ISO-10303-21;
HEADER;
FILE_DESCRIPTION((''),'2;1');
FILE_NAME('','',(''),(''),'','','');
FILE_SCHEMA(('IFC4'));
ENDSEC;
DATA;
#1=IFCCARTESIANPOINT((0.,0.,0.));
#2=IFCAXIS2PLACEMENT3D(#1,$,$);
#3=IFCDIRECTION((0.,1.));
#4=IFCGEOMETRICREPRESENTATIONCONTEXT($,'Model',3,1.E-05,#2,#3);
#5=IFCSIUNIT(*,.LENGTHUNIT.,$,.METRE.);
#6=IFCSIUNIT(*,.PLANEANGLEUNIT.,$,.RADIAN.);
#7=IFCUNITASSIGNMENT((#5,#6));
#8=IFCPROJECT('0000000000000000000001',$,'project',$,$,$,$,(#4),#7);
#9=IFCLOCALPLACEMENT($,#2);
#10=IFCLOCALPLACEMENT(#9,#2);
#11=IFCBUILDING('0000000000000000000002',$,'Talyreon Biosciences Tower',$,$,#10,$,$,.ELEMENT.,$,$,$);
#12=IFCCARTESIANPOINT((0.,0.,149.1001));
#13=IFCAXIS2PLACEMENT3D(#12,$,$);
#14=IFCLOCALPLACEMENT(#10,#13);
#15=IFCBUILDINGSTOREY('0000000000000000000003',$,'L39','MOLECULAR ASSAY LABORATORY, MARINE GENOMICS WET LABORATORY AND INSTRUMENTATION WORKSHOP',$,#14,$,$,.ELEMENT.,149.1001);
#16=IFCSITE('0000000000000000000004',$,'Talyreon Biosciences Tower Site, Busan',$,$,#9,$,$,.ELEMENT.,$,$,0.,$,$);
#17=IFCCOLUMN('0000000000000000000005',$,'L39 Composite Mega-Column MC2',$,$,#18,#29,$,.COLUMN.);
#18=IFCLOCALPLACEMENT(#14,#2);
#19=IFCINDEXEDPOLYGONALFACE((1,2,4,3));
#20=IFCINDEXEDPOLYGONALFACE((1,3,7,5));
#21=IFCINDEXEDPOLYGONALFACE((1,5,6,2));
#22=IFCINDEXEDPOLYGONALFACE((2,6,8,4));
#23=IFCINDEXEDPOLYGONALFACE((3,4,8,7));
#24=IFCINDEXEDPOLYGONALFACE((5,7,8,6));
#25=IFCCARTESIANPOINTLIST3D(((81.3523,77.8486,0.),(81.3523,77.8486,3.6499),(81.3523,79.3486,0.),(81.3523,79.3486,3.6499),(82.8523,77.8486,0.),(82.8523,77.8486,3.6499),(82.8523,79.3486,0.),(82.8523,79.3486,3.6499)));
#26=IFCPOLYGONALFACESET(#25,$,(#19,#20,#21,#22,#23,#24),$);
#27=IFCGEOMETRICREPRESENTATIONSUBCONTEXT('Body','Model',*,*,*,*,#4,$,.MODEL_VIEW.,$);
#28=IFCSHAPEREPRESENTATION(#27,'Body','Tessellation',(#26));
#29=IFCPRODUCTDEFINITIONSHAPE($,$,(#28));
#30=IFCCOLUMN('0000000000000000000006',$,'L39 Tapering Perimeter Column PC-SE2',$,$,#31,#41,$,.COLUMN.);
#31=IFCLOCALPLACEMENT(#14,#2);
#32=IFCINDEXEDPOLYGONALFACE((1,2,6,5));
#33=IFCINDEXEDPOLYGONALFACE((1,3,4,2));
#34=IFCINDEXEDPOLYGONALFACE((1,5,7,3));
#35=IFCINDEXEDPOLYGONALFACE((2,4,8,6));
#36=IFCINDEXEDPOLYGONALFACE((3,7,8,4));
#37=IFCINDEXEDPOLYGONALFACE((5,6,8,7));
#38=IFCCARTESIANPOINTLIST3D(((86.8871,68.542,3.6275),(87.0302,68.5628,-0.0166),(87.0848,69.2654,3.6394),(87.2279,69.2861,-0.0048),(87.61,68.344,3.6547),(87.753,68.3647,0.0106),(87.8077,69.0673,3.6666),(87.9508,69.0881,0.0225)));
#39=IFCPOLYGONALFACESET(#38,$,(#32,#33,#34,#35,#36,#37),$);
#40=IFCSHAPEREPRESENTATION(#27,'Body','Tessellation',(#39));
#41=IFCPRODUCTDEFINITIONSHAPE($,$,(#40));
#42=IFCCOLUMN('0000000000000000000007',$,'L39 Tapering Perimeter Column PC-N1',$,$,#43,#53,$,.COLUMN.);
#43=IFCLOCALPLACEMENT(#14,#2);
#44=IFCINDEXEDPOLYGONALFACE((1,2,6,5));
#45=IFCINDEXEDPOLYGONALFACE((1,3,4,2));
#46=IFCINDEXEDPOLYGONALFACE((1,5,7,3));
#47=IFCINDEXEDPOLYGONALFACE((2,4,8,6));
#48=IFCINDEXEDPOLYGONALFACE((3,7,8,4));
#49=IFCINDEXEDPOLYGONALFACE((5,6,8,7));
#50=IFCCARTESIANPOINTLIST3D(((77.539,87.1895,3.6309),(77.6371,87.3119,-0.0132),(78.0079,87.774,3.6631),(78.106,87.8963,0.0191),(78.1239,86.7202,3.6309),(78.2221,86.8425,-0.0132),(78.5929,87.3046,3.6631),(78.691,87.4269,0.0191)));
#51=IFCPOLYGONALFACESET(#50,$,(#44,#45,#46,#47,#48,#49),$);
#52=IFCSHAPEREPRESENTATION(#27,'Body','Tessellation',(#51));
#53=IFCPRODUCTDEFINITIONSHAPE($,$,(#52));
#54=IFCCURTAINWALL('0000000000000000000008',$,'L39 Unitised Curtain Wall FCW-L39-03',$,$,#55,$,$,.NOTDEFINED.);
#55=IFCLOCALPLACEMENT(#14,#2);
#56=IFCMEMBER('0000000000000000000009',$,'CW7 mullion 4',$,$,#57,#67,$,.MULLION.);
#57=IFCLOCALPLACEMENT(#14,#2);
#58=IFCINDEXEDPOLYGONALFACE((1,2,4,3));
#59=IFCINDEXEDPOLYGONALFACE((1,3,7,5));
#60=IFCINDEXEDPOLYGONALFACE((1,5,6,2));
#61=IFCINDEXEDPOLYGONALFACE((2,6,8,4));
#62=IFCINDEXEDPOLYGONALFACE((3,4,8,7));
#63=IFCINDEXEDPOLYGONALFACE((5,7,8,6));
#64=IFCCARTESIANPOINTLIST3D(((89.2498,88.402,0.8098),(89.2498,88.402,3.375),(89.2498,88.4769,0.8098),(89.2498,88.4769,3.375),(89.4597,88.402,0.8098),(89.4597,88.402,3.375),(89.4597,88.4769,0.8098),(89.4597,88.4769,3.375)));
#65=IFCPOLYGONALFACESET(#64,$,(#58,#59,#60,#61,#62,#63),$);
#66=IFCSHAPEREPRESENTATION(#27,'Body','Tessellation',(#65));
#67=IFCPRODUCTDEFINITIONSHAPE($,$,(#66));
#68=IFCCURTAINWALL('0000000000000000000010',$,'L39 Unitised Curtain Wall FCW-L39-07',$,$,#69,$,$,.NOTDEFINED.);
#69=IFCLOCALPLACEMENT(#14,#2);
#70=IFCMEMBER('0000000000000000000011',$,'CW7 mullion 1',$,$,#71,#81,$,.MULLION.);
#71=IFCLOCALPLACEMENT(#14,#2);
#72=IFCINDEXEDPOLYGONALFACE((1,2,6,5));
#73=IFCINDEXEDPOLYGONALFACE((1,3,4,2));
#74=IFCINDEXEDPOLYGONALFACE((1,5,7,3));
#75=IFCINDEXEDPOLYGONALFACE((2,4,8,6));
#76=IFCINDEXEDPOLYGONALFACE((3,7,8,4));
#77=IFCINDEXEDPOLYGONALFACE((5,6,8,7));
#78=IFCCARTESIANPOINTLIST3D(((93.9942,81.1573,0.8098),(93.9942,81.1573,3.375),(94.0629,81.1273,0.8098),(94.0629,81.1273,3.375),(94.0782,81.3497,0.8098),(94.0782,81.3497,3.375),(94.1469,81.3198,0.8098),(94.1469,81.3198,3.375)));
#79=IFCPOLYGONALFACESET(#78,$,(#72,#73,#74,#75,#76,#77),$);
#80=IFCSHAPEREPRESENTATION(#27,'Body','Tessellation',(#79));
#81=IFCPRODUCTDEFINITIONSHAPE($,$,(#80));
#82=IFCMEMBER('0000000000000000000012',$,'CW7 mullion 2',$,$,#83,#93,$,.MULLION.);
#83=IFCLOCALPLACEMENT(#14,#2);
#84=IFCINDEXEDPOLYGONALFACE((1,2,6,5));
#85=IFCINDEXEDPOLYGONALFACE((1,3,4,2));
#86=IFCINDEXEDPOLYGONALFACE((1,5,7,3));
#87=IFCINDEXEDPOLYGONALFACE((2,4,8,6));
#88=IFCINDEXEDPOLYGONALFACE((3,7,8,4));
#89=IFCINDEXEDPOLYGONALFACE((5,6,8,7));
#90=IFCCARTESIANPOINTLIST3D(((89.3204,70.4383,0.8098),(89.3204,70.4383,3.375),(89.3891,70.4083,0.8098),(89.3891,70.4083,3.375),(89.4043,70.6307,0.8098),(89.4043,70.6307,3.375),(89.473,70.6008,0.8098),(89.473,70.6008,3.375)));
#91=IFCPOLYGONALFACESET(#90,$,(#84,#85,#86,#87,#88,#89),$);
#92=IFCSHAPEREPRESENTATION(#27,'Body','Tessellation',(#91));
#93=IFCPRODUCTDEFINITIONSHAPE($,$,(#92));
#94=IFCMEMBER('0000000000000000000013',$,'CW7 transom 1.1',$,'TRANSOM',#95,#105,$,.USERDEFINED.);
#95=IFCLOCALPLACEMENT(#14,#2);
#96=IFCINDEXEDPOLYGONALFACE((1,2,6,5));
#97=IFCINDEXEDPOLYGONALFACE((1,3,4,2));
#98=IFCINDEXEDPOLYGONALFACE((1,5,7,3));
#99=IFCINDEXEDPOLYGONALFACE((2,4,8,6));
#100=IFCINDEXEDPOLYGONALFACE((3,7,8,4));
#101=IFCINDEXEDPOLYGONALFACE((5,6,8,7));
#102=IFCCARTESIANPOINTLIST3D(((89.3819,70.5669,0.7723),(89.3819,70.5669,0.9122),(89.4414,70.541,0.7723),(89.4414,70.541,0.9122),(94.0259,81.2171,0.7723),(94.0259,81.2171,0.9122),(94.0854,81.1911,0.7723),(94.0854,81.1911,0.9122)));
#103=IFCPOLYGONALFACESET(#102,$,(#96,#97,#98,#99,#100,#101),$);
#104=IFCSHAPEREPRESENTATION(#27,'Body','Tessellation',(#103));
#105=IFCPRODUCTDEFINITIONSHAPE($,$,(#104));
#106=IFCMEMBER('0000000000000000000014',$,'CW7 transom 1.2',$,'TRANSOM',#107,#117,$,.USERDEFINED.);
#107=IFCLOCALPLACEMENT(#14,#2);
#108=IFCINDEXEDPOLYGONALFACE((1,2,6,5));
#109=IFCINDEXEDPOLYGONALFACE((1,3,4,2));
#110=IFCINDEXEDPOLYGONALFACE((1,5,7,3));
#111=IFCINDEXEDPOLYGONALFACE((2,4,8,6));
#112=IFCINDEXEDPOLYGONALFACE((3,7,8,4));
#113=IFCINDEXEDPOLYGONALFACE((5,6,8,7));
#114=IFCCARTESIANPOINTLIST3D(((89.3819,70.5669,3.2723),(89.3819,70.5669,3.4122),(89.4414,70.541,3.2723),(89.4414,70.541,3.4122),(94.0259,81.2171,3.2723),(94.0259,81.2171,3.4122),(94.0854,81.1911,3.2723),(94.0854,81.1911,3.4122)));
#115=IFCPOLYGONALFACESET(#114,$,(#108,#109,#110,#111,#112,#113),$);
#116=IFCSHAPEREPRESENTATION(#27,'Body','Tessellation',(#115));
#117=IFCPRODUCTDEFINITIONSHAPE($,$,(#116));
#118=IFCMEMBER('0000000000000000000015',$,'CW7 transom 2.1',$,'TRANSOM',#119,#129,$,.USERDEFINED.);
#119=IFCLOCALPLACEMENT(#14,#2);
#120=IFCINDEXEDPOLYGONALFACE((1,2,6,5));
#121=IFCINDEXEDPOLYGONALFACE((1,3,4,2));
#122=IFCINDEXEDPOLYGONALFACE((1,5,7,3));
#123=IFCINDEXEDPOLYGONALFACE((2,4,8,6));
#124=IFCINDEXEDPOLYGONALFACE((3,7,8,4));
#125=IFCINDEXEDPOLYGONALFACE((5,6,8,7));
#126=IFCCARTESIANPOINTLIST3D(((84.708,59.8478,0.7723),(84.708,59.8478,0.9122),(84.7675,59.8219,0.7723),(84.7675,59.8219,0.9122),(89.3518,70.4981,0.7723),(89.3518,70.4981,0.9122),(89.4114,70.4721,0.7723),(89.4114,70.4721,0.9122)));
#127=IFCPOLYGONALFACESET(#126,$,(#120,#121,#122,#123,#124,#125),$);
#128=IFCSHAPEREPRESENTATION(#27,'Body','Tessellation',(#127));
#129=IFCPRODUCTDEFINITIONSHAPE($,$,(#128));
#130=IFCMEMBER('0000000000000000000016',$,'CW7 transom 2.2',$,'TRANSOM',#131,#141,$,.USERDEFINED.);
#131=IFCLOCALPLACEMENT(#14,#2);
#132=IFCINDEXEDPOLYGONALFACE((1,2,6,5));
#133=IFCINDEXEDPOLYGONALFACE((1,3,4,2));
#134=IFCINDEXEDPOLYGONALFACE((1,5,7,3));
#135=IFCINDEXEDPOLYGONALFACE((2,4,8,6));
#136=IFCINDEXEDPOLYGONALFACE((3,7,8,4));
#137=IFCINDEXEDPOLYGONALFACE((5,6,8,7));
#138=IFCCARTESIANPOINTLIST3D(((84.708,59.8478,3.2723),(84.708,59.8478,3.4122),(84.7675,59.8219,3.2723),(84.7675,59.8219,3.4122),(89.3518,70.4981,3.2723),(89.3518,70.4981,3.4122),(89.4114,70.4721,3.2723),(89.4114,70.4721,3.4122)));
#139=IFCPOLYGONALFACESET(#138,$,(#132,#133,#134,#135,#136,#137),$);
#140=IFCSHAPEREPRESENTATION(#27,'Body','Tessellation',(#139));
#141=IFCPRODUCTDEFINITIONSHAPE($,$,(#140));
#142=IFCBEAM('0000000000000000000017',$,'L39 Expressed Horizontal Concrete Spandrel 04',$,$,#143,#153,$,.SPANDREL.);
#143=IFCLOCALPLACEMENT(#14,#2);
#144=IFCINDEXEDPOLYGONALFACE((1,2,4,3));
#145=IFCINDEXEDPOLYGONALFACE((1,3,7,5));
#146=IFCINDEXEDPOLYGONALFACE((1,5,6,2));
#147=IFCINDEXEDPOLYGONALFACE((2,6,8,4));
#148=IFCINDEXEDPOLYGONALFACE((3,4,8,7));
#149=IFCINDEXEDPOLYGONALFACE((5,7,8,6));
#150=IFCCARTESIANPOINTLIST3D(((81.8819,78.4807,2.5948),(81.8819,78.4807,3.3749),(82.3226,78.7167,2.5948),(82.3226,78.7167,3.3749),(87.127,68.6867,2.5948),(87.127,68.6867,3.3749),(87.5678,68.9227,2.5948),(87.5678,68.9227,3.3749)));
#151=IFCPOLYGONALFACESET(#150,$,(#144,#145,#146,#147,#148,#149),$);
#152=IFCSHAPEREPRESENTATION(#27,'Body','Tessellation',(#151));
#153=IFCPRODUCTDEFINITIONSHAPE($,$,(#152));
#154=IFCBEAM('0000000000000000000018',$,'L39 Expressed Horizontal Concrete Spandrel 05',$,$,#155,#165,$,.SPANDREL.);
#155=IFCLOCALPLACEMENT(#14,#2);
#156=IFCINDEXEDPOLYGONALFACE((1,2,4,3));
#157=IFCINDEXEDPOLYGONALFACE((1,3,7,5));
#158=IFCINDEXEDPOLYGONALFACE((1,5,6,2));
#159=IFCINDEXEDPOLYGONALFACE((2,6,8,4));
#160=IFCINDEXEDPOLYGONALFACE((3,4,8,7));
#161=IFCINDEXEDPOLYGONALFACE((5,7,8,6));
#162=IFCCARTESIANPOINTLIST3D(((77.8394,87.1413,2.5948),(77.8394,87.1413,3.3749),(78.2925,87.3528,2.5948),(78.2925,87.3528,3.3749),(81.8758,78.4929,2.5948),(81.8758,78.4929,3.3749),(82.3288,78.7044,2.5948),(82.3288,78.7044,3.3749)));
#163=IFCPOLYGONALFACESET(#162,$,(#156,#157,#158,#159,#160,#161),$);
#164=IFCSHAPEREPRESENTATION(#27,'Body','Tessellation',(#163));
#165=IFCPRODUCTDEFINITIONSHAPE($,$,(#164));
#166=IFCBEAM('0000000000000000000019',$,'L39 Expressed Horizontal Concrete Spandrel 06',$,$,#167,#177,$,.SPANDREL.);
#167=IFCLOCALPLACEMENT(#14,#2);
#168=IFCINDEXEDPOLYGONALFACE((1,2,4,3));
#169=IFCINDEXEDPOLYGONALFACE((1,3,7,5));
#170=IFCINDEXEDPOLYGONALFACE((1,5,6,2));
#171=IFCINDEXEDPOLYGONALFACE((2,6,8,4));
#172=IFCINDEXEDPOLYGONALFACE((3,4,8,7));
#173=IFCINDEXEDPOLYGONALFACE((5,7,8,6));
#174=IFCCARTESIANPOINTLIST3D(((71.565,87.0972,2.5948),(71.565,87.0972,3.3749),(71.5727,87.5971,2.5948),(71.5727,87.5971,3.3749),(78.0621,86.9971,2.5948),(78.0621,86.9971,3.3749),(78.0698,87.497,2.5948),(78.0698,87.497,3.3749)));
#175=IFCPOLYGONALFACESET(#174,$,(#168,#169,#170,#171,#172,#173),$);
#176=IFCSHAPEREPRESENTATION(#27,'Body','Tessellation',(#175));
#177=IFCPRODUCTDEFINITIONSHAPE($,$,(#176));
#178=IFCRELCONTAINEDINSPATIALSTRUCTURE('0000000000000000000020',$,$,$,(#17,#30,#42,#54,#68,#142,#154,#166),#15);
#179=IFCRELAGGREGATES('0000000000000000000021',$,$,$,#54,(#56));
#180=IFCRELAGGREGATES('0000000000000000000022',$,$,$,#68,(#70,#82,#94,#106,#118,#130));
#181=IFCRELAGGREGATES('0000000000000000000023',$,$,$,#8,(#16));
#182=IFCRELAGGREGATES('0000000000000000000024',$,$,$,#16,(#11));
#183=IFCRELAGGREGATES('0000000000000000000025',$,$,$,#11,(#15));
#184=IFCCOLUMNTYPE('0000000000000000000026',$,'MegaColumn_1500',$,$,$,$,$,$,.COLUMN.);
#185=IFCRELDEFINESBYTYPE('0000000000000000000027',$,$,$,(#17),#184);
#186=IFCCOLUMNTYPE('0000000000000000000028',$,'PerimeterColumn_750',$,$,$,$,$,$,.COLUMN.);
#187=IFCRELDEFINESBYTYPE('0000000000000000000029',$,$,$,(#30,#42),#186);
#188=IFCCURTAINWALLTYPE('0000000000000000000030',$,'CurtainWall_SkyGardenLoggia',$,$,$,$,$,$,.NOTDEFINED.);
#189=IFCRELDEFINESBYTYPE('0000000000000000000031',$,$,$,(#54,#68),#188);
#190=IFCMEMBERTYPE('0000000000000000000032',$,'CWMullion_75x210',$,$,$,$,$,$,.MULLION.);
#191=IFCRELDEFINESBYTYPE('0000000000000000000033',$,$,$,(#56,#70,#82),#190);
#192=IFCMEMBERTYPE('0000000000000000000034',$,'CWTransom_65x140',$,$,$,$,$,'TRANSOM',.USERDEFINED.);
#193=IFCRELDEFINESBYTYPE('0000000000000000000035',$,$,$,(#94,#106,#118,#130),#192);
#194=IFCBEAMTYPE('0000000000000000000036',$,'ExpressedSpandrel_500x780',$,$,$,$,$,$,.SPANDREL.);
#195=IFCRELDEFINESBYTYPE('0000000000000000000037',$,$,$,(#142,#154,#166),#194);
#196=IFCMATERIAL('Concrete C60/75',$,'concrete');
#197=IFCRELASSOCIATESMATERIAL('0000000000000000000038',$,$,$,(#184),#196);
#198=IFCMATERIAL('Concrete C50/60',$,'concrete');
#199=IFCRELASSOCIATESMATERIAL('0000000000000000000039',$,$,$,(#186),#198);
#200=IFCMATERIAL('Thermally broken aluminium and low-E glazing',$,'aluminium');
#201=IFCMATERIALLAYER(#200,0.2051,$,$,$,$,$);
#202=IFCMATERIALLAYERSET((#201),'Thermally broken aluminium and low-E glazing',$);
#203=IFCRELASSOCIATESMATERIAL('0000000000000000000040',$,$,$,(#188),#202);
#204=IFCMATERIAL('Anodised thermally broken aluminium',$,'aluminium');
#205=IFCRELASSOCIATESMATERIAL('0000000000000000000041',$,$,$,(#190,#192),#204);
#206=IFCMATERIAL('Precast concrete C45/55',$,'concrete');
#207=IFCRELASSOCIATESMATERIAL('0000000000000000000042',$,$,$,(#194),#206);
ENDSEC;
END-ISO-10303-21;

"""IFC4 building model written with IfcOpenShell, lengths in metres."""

from ifc_helpers import new_model, si_unit, direction, frame, origin, origin_2d, place, context, subcontext, project, spatial, rectangle, extrude, material, layer, layer_set, material_profile, profile_set, type_object, element, aggregate, save


model = new_model("IFC4")

# Units and contexts
model_context = context("Model", 3, precision=1e-05, world=origin(), true_north=direction((0.0, 1.0)))
body_context = subcontext(model_context, "Body", "Model", "MODEL_VIEW")
ifc_project = project(units=[si_unit("LENGTHUNIT", "METRE"), si_unit("PLANEANGLEUNIT", "RADIAN")], contexts=[model_context])

# Site, building, storey
site_placement = place(None, origin())
site = spatial("IfcSite", under=ifc_project, at=site_placement, Name="Talyreon Biosciences Tower Site, Busan", CompositionType="ELEMENT", RefElevation=0.0)
building_placement = place(site_placement, origin())
building = spatial("IfcBuilding", under=site, at=building_placement, Name="Talyreon Biosciences Tower", CompositionType="ELEMENT")
storey_placement = place(building_placement, frame((0.0, 0.0, 149.1001)))
storey = spatial("IfcBuildingStorey", under=building, at=storey_placement, Name="L39", Description="MOLECULAR ASSAY LABORATORY, MARINE GENOMICS WET LABORATORY AND INSTRUMENTATION WORKSHOP", CompositionType="ELEMENT", Elevation=149.1001)

# Columns
ifc_material_1 = material(Name="Concrete C60/75", Category="concrete")
ifc_material_profile_1 = material_profile(ifc_material_1, rectangle(XDim=1.5, YDim=1.5, at=origin_2d()), Name="RC 1500x1500")
ifc_profile_set_1 = profile_set([ifc_material_profile_1], Name="Concrete C60/75")
column_type_1 = type_object("IfcColumnType", Name="MegaColumn_1500", PredefinedType="COLUMN", material=ifc_profile_set_1)
column_1_placement = place(storey_placement, frame((82.1023, 78.5986, 0.0), z_axis=(0.0, 0.0, 1.0), x_axis=(1.0, 0.0, 0.0)))
element("IfcColumn", 1, at=column_1_placement, inside=storey, type_object=column_type_1, Name="L39 Composite Mega-Column MC2", PredefinedType="COLUMN", context=body_context, shape_type="SweptSolid", body=[
    extrude(rectangle(XDim=1.5, YDim=1.5, at=origin_2d()), origin(), (0.0, 0.0, 1.0), 3.6499),
])
ifc_material_2 = material(Name="Concrete C50/60", Category="concrete")
ifc_material_profile_2 = material_profile(ifc_material_2, rectangle(XDim=0.75, YDim=0.75, at=origin_2d()), Name="RC 750x750")
ifc_profile_set_2 = profile_set([ifc_material_profile_2], Name="Concrete C50/60")
column_type_2 = type_object("IfcColumnType", Name="PerimeterColumn_750", PredefinedType="COLUMN", material=ifc_profile_set_2)
column_2_placement = place(storey_placement, frame((87.4905, 68.8254, 0.0029), z_axis=(-0.039229, -0.00569, 0.999214), x_axis=(0.963818, -0.264073, 0.036336)))
element("IfcColumn", 2, at=column_2_placement, inside=storey, type_object=column_type_2, Name="L39 Tapering Perimeter Column PC-SE2", PredefinedType="COLUMN", context=body_context, shape_type="SweptSolid", body=[
    extrude(rectangle(XDim=0.75, YDim=0.75, at=origin_2d()), origin(), (0.0, 0.0, 1.0), 3.647),
])
column_3_placement = place(storey_placement, frame((78.1641, 87.3694, 0.0029), z_axis=(-0.026908, -0.033535, 0.999075), x_axis=(-0.779957, 0.625834, 0.0)))
element("IfcColumn", 3, at=column_3_placement, inside=storey, type_object=column_type_2, Name="L39 Tapering Perimeter Column PC-N1", PredefinedType="COLUMN", context=body_context, shape_type="SweptSolid", body=[
    extrude(rectangle(XDim=0.75, YDim=0.75, at=origin_2d()), origin(), (0.0, 0.0, 1.0), 3.6475),
])

# Curtain wall, member
ifc_material_3 = material(Name="Thermally broken aluminium and low-E glazing", Category="aluminium")
ifc_layer_1 = layer(ifc_material_3, 0.2051)
ifc_layer_set_1 = layer_set([ifc_layer_1], Name="Thermally broken aluminium and low-E glazing")
curtain_wall_type = type_object("IfcCurtainWallType", Name="CurtainWall_SkyGardenLoggia", PredefinedType="NOTDEFINED", material=ifc_layer_set_1)
curtain_wall_1_placement = place(storey_placement, origin())
curtain_wall_1 = element("IfcCurtainWall", 4, at=curtain_wall_1_placement, inside=storey, type_object=curtain_wall_type, Name="L39 Unitised Curtain Wall FCW-L39-03", PredefinedType="NOTDEFINED")
ifc_material_4 = material(Name="Anodised thermally broken aluminium", Category="aluminium")
ifc_material_profile_3 = material_profile(ifc_material_4, rectangle(XDim=0.075, YDim=0.21, at=origin_2d()), Name="ALUM MULLION 75x210")
ifc_profile_set_3 = profile_set([ifc_material_profile_3], Name="Anodised thermally broken aluminium")
member_type_1 = type_object("IfcMemberType", Name="CWMullion_75x210", PredefinedType="MULLION", material=ifc_profile_set_3)
member_1_placement = place(storey_placement, frame((89.3547, 88.4395, 0.8098), z_axis=(0.0, 0.0, 1.0), x_axis=(0.0, 1.0, 0.0)))
member_1 = element("IfcMember", 5, at=member_1_placement, type_object=member_type_1, Name="CW7 mullion 4", PredefinedType="MULLION", context=body_context, shape_type="SweptSolid", body=[
    extrude(rectangle(XDim=0.075, YDim=0.21, at=origin_2d()), origin(), (0.0, 0.0, 1.0), 2.5652),
])

# Curtain wall, members
curtain_wall_2_placement = place(storey_placement, origin())
curtain_wall_2 = element("IfcCurtainWall", 6, at=curtain_wall_2_placement, inside=storey, type_object=curtain_wall_type, Name="L39 Unitised Curtain Wall FCW-L39-07", PredefinedType="NOTDEFINED")
member_2_placement = place(storey_placement, frame((94.0706, 81.2385, 0.8098), z_axis=(0.0, 0.0, 1.0), x_axis=(0.916647, -0.399698, 0.0)))
member_2 = element("IfcMember", 7, at=member_2_placement, type_object=member_type_1, Name="CW7 mullion 1", PredefinedType="MULLION", context=body_context, shape_type="SweptSolid", body=[
    extrude(rectangle(XDim=0.075, YDim=0.21, at=origin_2d()), origin(), (0.0, 0.0, 1.0), 2.5652),
])
member_3_placement = place(storey_placement, frame((89.3967, 70.5195, 0.8098), z_axis=(0.0, 0.0, 1.0), x_axis=(0.916647, -0.399698, 0.0)))
member_3 = element("IfcMember", 8, at=member_3_placement, type_object=member_type_1, Name="CW7 mullion 2", PredefinedType="MULLION", context=body_context, shape_type="SweptSolid", body=[
    extrude(rectangle(XDim=0.075, YDim=0.21, at=origin_2d()), origin(), (0.0, 0.0, 1.0), 2.5652),
])
ifc_material_profile_4 = material_profile(ifc_material_4, rectangle(XDim=0.0649, YDim=0.1399, at=origin_2d()), Name="ALUM TRANSOM 65x140")
ifc_profile_set_4 = profile_set([ifc_material_profile_4], Name="Anodised thermally broken aluminium")
member_type_2 = type_object("IfcMemberType", Name="CWTransom_65x140", ElementType="TRANSOM", PredefinedType="USERDEFINED", material=ifc_profile_set_4)
member_4_placement = place(storey_placement, frame((94.0557, 81.2041, 0.8423), z_axis=(-0.399706, -0.916643, 0.0), x_axis=(0.916643, -0.399706, 0.0)))
member_4 = element("IfcMember", 9, at=member_4_placement, type_object=member_type_2, Name="CW7 transom 1.1", ObjectType="TRANSOM", PredefinedType="USERDEFINED", context=body_context, shape_type="SweptSolid", body=[
    extrude(rectangle(XDim=0.0649, YDim=0.1399, at=origin_2d()), origin(), (0.0, 0.0, 1.0), 11.6187),
])
member_5_placement = place(storey_placement, frame((94.0557, 81.2041, 3.3423), z_axis=(-0.399706, -0.916643, 0.0), x_axis=(0.916643, -0.399706, 0.0)))
member_5 = element("IfcMember", 10, at=member_5_placement, type_object=member_type_2, Name="CW7 transom 1.2", ObjectType="TRANSOM", PredefinedType="USERDEFINED", context=body_context, shape_type="SweptSolid", body=[
    extrude(rectangle(XDim=0.0649, YDim=0.1399, at=origin_2d()), origin(), (0.0, 0.0, 1.0), 11.6187),
])
member_6_placement = place(storey_placement, frame((89.3816, 70.4851, 0.8423), z_axis=(-0.399689, -0.916651, 0.0), x_axis=(0.916651, -0.399689, 0.0)))
member_6 = element("IfcMember", 11, at=member_6_placement, type_object=member_type_2, Name="CW7 transom 2.1", ObjectType="TRANSOM", PredefinedType="USERDEFINED", context=body_context, shape_type="SweptSolid", body=[
    extrude(rectangle(XDim=0.0649, YDim=0.1399, at=origin_2d()), origin(), (0.0, 0.0, 1.0), 11.6187),
])
member_7_placement = place(storey_placement, frame((89.3816, 70.4851, 3.3423), z_axis=(-0.399689, -0.916651, 0.0), x_axis=(0.916651, -0.399689, 0.0)))
member_7 = element("IfcMember", 12, at=member_7_placement, type_object=member_type_2, Name="CW7 transom 2.2", ObjectType="TRANSOM", PredefinedType="USERDEFINED", context=body_context, shape_type="SweptSolid", body=[
    extrude(rectangle(XDim=0.0649, YDim=0.1399, at=origin_2d()), origin(), (0.0, 0.0, 1.0), 11.6187),
])

# Beams
ifc_material_5 = material(Name="Precast concrete C45/55", Category="concrete")
ifc_material_profile_5 = material_profile(ifc_material_5, rectangle(XDim=0.5, YDim=0.78, at=origin_2d()), Name="RCB 500x780")
ifc_profile_set_5 = profile_set([ifc_material_profile_5], Name="Precast concrete C45/55")
beam_type_1 = type_object("IfcBeamType", Name="ExpressedSpandrel_500x780", PredefinedType="SPANDREL", material=ifc_profile_set_5)
beam_1_placement = place(storey_placement, frame((87.3474, 68.8047, 2.9849), z_axis=(-0.472107, 0.881541, 0.0), x_axis=(-0.881541, -0.472107, 0.0)))
element("IfcBeam", 13, at=beam_1_placement, inside=storey, type_object=beam_type_1, Name="L39 Expressed Horizontal Concrete Spandrel 04", PredefinedType="SPANDREL", context=body_context, shape_type="SweptSolid", body=[
    extrude(rectangle(XDim=0.5, YDim=0.78, at=origin_2d()), origin(), (0.0, 0.0, 1.0), 11.1101),
])
beam_2_placement = place(storey_placement, frame((82.1023, 78.5986, 2.9849), z_axis=(-0.422923, 0.906165, 0.0), x_axis=(-0.906165, -0.422923, 0.0)))
element("IfcBeam", 14, at=beam_2_placement, inside=storey, type_object=beam_type_1, Name="L39 Expressed Horizontal Concrete Spandrel 05", PredefinedType="SPANDREL", context=body_context, shape_type="SweptSolid", body=[
    extrude(rectangle(XDim=0.5, YDim=0.78, at=origin_2d()), origin(), (0.0, 0.0, 1.0), 9.5439),
])
beam_3_placement = place(storey_placement, frame((78.0659, 87.2471, 2.9849), z_axis=(-0.999881, 0.015405, 0.0), x_axis=(-0.015405, -0.999881, 0.0)))
element("IfcBeam", 15, at=beam_3_placement, inside=storey, type_object=beam_type_1, Name="L39 Expressed Horizontal Concrete Spandrel 06", PredefinedType="SPANDREL", context=body_context, shape_type="SweptSolid", body=[
    extrude(rectangle(XDim=0.5, YDim=0.78, at=origin_2d()), origin(), (0.0, 0.0, 1.0), 6.4978),
])

aggregate(curtain_wall_1, [member_1])
aggregate(curtain_wall_2, [member_2, member_3, member_4, member_5, member_6, member_7])

save(model, "model.ifc")
